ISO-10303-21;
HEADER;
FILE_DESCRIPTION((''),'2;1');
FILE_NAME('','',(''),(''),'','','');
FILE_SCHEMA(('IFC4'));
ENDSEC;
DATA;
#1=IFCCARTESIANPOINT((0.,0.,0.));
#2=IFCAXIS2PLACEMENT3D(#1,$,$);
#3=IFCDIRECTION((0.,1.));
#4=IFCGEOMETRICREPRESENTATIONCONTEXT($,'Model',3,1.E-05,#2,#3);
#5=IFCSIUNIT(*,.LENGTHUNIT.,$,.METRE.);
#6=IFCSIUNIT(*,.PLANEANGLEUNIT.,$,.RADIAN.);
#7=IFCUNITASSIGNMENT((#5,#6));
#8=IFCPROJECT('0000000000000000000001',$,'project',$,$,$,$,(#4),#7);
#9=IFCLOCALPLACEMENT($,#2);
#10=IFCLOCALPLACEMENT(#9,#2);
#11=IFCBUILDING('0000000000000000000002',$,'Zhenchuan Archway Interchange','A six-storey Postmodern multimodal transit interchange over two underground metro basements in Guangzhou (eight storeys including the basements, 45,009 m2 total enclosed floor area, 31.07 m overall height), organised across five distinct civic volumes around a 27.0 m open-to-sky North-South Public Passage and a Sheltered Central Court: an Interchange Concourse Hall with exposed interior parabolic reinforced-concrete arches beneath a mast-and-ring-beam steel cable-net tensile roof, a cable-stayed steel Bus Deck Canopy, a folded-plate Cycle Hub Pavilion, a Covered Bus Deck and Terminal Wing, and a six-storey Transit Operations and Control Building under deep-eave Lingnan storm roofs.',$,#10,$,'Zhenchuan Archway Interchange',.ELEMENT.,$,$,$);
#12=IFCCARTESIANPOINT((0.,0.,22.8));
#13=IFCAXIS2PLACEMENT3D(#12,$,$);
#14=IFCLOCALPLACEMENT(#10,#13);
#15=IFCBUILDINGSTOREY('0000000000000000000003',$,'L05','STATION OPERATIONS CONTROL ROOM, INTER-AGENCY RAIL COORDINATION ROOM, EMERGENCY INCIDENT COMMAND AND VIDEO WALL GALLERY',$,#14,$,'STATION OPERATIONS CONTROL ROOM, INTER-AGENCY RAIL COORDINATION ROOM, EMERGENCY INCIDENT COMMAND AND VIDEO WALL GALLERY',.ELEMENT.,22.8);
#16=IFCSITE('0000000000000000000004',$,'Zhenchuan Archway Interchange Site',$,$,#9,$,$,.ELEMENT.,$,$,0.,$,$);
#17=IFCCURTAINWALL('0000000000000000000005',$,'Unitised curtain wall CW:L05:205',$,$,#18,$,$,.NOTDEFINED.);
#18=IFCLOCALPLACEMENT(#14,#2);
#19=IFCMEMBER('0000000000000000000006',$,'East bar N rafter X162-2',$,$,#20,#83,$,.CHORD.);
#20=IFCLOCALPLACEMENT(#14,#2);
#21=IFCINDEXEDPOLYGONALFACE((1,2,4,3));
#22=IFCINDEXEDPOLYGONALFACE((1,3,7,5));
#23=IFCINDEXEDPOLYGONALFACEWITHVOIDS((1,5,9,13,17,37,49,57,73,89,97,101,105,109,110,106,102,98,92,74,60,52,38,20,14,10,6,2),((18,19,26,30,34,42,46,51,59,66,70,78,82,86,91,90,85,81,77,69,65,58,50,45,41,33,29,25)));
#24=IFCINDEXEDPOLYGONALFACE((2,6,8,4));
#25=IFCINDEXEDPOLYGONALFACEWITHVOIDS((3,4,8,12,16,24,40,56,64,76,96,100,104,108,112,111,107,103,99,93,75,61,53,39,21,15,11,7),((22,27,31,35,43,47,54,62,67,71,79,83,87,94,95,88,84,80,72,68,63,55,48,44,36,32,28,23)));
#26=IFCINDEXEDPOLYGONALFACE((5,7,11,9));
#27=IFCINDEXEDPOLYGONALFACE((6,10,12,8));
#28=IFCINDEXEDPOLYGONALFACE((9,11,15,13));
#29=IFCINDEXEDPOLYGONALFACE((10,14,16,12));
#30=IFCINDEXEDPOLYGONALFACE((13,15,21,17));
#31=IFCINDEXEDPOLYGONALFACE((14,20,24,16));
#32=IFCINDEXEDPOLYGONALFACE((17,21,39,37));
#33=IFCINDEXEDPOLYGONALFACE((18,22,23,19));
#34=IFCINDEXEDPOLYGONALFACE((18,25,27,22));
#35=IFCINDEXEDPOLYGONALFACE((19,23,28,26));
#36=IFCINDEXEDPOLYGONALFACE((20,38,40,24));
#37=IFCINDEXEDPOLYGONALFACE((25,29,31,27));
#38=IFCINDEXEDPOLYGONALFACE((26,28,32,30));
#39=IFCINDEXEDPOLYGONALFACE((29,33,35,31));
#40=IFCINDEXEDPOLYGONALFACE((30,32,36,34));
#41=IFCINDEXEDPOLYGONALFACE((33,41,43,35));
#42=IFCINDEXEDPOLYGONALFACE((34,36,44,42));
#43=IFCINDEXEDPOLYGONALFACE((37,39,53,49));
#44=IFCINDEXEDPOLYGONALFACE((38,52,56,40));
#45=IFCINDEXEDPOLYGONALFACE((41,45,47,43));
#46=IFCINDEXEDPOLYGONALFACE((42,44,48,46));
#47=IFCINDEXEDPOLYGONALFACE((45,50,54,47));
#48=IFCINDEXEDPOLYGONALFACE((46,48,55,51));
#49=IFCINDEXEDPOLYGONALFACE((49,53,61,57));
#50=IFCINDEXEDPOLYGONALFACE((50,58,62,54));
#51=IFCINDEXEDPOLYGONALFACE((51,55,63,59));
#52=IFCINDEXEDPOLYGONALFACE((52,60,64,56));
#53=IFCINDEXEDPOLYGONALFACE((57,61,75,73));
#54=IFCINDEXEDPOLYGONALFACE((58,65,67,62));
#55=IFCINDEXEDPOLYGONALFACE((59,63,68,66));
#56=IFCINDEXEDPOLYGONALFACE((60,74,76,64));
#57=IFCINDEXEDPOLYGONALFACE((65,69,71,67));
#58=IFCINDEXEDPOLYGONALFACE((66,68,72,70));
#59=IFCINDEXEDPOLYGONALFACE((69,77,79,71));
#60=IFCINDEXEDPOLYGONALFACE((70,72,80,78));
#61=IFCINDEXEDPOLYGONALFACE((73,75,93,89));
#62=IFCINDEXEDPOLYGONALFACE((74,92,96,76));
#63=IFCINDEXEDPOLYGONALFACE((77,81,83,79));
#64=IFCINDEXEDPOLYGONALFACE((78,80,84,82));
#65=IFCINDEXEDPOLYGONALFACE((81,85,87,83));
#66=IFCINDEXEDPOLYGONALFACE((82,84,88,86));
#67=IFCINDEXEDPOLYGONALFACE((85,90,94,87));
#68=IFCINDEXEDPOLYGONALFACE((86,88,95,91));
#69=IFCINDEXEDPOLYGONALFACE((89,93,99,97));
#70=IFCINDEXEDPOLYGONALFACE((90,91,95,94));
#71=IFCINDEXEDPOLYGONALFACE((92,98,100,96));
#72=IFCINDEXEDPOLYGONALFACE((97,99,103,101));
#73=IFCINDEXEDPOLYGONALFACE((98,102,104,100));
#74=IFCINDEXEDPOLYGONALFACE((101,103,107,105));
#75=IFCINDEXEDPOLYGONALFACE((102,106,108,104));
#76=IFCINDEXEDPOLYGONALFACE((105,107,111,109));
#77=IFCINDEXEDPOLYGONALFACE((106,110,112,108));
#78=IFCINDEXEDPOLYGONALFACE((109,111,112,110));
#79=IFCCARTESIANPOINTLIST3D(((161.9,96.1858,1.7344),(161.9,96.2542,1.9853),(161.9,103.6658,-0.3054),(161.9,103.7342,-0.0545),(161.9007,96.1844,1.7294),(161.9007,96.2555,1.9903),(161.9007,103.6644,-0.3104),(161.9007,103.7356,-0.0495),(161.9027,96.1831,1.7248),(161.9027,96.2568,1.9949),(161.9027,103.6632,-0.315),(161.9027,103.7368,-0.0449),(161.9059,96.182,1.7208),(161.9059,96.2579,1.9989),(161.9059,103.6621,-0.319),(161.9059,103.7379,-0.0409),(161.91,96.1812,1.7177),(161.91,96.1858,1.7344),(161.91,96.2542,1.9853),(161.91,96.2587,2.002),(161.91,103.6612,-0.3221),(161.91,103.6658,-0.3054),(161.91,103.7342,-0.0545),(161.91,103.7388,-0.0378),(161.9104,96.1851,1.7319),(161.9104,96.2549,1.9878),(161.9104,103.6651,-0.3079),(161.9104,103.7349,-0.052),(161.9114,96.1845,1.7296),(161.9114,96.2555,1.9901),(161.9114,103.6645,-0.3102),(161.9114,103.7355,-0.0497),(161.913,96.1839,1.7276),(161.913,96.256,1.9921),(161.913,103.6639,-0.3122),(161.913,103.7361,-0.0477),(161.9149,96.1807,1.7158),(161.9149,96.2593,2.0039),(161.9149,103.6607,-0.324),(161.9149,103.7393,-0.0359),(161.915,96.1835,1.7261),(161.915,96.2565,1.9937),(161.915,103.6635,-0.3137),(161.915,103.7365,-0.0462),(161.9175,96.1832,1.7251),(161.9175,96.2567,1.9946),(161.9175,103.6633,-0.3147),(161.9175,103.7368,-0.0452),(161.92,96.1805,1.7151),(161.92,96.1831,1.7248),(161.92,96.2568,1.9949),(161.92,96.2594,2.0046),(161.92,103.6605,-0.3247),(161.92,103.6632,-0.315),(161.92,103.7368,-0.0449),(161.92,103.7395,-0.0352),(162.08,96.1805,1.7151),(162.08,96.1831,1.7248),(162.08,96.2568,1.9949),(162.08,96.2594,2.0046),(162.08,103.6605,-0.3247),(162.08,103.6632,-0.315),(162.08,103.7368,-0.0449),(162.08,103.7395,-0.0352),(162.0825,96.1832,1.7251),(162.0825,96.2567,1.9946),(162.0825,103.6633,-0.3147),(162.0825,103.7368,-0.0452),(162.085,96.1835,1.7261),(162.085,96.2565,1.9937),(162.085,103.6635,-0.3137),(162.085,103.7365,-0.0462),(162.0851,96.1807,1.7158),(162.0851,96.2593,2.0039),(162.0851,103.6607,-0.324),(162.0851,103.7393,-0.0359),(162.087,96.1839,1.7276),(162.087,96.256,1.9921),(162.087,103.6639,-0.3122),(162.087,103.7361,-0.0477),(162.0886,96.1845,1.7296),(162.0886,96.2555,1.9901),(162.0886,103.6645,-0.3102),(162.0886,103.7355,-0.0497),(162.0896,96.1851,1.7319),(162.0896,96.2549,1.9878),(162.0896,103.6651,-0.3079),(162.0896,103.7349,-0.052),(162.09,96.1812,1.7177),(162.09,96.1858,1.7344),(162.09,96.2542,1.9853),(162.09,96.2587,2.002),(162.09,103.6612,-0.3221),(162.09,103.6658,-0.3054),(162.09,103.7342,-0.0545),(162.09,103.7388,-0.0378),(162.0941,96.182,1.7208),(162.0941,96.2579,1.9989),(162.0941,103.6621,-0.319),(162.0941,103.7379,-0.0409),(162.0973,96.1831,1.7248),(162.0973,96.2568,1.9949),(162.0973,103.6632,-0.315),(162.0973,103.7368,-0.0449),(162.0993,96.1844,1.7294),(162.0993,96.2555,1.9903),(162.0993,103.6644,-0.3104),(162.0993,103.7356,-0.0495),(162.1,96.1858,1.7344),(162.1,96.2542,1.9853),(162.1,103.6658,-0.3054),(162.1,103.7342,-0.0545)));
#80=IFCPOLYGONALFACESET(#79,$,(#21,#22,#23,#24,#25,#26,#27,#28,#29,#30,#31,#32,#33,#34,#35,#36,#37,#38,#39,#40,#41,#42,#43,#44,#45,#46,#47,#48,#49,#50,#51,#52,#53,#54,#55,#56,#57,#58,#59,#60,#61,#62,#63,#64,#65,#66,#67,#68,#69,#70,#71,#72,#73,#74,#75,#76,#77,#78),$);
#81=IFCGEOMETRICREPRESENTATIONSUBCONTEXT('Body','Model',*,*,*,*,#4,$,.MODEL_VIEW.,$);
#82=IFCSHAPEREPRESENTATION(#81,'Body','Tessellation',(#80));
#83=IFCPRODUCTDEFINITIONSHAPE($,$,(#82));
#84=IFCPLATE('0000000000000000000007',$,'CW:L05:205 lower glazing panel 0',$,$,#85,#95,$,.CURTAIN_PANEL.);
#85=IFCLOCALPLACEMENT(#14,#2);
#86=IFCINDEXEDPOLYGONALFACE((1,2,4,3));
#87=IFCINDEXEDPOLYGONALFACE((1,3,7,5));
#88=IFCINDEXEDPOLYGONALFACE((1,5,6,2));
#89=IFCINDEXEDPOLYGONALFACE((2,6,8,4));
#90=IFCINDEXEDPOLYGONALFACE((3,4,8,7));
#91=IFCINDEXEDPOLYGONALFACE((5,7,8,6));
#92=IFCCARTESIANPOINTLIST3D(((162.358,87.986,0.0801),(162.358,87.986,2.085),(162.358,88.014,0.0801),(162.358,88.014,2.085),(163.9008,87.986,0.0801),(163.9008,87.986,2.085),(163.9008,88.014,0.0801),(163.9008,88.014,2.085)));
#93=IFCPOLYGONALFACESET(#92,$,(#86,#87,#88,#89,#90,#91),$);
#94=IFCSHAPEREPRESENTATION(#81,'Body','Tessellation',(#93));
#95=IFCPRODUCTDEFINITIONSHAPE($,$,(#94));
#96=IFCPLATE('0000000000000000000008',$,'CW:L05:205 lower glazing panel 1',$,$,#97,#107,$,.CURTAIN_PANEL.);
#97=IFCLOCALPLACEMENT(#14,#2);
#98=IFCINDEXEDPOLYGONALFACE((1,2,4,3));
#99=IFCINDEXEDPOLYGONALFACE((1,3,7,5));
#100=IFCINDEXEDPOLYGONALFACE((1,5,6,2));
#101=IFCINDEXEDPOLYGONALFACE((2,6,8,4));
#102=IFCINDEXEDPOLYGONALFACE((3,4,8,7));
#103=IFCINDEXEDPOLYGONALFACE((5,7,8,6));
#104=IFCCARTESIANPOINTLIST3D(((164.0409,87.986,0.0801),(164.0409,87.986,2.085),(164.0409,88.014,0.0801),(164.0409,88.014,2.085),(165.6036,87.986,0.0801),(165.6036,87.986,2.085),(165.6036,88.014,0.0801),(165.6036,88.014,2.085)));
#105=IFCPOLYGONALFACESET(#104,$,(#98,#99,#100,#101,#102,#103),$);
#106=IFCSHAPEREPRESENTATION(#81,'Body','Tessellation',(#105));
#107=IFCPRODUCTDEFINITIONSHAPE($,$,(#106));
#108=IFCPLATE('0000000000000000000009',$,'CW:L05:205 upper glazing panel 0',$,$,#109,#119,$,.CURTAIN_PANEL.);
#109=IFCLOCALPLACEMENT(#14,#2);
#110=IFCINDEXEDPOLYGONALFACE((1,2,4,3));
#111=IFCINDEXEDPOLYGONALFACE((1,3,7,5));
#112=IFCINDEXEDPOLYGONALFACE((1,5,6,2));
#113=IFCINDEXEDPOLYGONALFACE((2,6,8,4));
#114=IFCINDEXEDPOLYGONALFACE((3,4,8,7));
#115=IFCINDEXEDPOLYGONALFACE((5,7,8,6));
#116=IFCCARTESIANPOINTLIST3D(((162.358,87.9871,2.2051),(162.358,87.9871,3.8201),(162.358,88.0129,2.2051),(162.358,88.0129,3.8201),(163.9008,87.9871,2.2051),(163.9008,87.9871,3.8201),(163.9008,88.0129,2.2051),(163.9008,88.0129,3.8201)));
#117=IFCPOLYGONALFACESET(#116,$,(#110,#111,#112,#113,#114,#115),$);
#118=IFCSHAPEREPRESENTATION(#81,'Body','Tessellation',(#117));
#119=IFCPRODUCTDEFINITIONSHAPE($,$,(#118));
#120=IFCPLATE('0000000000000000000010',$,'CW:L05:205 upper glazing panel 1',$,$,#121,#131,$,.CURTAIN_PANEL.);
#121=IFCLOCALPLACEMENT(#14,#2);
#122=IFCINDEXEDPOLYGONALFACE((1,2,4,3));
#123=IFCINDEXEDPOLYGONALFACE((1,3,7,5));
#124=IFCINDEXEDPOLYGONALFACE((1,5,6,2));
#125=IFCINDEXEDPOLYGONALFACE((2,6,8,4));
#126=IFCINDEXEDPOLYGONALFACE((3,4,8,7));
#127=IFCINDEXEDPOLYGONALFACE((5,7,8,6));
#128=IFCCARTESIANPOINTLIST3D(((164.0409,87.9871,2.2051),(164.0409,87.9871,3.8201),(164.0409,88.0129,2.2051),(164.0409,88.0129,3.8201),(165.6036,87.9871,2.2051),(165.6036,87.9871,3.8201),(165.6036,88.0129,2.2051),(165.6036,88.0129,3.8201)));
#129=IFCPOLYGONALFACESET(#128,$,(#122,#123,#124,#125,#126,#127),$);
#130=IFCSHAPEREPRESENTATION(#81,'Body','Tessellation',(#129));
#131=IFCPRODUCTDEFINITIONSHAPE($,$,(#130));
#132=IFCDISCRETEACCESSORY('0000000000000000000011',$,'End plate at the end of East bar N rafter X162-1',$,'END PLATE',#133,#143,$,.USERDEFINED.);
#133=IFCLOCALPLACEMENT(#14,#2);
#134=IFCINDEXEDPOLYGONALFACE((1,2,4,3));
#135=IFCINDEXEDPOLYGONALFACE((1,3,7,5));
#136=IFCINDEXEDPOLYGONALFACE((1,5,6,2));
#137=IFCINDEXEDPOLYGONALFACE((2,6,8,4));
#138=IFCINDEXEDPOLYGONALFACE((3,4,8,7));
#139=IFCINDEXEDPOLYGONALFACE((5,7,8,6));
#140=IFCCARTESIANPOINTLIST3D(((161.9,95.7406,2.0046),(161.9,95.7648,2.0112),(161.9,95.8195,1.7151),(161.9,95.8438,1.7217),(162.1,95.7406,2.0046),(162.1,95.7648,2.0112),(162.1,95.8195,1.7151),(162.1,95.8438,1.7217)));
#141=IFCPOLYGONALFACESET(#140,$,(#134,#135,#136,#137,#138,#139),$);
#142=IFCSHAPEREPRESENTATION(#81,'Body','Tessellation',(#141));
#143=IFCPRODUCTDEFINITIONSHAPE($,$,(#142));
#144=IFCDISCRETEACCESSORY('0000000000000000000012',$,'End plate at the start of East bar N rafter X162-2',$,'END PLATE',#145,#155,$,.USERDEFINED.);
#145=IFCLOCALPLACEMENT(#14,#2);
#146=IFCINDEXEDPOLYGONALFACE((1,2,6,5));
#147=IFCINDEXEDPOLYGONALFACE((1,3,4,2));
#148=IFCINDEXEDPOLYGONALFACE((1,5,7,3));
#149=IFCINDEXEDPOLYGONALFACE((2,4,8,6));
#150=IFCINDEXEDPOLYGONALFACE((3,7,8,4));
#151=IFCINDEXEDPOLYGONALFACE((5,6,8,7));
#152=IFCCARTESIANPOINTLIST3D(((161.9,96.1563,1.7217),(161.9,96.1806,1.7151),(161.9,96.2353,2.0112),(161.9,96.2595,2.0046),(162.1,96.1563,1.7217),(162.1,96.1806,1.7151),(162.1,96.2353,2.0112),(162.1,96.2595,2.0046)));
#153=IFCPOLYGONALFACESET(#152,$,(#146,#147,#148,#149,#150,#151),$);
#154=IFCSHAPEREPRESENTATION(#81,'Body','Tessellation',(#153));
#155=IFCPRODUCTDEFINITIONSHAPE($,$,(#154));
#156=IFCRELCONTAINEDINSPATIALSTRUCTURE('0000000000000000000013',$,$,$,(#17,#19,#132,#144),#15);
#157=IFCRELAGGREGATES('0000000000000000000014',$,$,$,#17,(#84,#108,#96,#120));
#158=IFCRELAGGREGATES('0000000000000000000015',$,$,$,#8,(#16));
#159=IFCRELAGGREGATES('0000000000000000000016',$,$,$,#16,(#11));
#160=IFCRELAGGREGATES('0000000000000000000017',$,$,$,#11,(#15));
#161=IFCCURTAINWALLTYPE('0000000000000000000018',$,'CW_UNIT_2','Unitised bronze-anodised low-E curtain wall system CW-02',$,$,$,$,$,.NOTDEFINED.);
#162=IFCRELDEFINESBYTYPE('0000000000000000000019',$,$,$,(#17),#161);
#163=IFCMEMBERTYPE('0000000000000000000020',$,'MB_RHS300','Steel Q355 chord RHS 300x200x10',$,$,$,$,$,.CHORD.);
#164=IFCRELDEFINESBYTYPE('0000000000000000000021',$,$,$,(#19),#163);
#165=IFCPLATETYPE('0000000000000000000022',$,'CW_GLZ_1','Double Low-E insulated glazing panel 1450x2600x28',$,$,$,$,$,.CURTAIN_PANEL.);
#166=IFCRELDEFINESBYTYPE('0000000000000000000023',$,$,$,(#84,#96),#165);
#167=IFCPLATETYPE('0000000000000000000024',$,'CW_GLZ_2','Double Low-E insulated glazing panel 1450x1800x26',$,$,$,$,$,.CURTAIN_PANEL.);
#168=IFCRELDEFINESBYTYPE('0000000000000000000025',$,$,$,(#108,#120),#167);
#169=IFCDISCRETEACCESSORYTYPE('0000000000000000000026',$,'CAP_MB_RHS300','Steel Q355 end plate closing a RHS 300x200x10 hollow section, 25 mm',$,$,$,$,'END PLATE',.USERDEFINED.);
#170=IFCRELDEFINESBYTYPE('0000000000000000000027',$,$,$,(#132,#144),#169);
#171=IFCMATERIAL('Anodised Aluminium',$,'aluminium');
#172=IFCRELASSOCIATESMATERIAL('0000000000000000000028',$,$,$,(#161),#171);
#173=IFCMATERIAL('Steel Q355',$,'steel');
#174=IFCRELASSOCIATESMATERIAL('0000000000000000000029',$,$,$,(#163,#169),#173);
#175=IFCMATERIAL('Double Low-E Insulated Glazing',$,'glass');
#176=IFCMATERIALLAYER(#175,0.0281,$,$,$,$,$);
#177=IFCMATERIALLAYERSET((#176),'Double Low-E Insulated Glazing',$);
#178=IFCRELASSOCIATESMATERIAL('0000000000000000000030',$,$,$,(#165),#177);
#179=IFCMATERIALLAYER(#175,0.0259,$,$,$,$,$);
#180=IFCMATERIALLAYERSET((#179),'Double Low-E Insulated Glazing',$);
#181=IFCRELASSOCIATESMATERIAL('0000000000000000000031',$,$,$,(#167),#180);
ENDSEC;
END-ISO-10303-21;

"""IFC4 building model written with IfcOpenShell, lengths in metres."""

from ifc_helpers import new_model, si_unit, direction, frame, origin, origin_2d, place, context, subcontext, project, spatial, rectangle, hollow_rectangle, extrude, material, layer, layer_set, material_profile, profile_set, type_object, element, aggregate, save


model = new_model("IFC4")

# Units and contexts
model_context = context("Model", 3, precision=1e-05, world=origin(), true_north=direction((0.0, 1.0)))
body_context = subcontext(model_context, "Body", "Model", "MODEL_VIEW")
ifc_project = project(units=[si_unit("LENGTHUNIT", "METRE"), si_unit("PLANEANGLEUNIT", "RADIAN")], contexts=[model_context])

# Site, building, storey
site_placement = place(None, origin())
site = spatial("IfcSite", under=ifc_project, at=site_placement, Name="Zhenchuan Archway Interchange Site", CompositionType="ELEMENT", RefElevation=0.0)
building_placement = place(site_placement, origin())
building = spatial("IfcBuilding", under=site, at=building_placement, Name="Zhenchuan Archway Interchange", Description="A six-storey Postmodern multimodal transit interchange over two underground metro basements in Guangzhou (eight storeys including the basements, 45,009 m2 total enclosed floor area, 31.07 m overall height), organised across five distinct civic volumes around a 27.0 m open-to-sky North-South Public Passage and a Sheltered Central Court: an Interchange Concourse Hall with exposed interior parabolic reinforced-concrete arches beneath a mast-and-ring-beam steel cable-net tensile roof, a cable-stayed steel Bus Deck Canopy, a folded-plate Cycle Hub Pavilion, a Covered Bus Deck and Terminal Wing, and a six-storey Transit Operations and Control Building under deep-eave Lingnan storm roofs.", LongName="Zhenchuan Archway Interchange", CompositionType="ELEMENT")
storey_placement = place(building_placement, frame((0.0, 0.0, 22.8)))
storey = spatial("IfcBuildingStorey", under=building, at=storey_placement, Name="L05", Description="STATION OPERATIONS CONTROL ROOM, INTER-AGENCY RAIL COORDINATION ROOM, EMERGENCY INCIDENT COMMAND AND VIDEO WALL GALLERY", LongName="STATION OPERATIONS CONTROL ROOM, INTER-AGENCY RAIL COORDINATION ROOM, EMERGENCY INCIDENT COMMAND AND VIDEO WALL GALLERY", CompositionType="ELEMENT", Elevation=22.8)

# Shared definitions
ifc_material_1 = material(Name="Steel Q355", Category="steel")

# Curtain wall
ifc_material_2 = material(Name="Anodised Aluminium", Category="aluminium")
curtain_wall_type = type_object("IfcCurtainWallType", Name="CW_UNIT_2", Description="Unitised bronze-anodised low-E curtain wall system CW-02", PredefinedType="NOTDEFINED", material=ifc_material_2)
curtain_wall_placement = place(storey_placement, origin())
curtain_wall = element("IfcCurtainWall", 1, at=curtain_wall_placement, inside=storey, type_object=curtain_wall_type, Name="Unitised curtain wall CW:L05:205", PredefinedType="NOTDEFINED")

# Member
ifc_material_profile_1 = material_profile(ifc_material_1, hollow_rectangle(XDim=0.2, YDim=0.3, WallThickness=0.01, InnerFilletRadius=0.01, OuterFilletRadius=0.02, at=origin_2d()), Name="RHS 300x200x10")
ifc_profile_set_1 = profile_set([ifc_material_profile_1], Name="Steel Q355")
member_type_1 = type_object("IfcMemberType", Name="MB_RHS300", Description="Steel Q355 chord RHS 300x200x10", PredefinedType="CHORD", material=ifc_profile_set_1)
for number, where, z_axis, x_axis, name in (
    (2, (162.0, 96.22, 1.8599), (0.0, 0.96477, -0.263093), (-1.0, 0.0, 0.0), "East bar N rafter X162-2"),
):
    element("IfcMember", number, at=place(storey_placement, frame(where, z_axis=z_axis, x_axis=x_axis)), inside=storey, type_object=member_type_1, Name=name, PredefinedType="CHORD", context=body_context, shape_type="SweptSolid", body=[
        extrude(hollow_rectangle(XDim=0.2, YDim=0.3, WallThickness=0.01, InnerFilletRadius=0.01, OuterFilletRadius=0.02, at=origin_2d()), origin(), (0.0, 0.0, 1.0), 7.7532),
    ])

# Plates
ifc_material_3 = material(Name="Double Low-E Insulated Glazing", Category="glass")
ifc_layer_1 = layer(ifc_material_3, 0.0281)
ifc_layer_set_1 = layer_set([ifc_layer_1], Name="Double Low-E Insulated Glazing")
plate_type_1 = type_object("IfcPlateType", Name="CW_GLZ_1", Description="Double Low-E insulated glazing panel 1450x2600x28", PredefinedType="CURTAIN_PANEL", material=ifc_layer_set_1)
plate_1_placement = place(storey_placement, frame((163.1294, 88.0, 0.0801), z_axis=(0.0, 0.0, 1.0), x_axis=(1.0, 0.0, 0.0)))
plate_1 = element("IfcPlate", 3, at=plate_1_placement, type_object=plate_type_1, Name="CW:L05:205 lower glazing panel 0", PredefinedType="CURTAIN_PANEL", context=body_context, shape_type="SweptSolid", body=[
    extrude(rectangle(XDim=1.5427, YDim=0.0281, at=origin_2d()), origin(), (0.0, 0.0, 1.0), 2.0049),
])
plate_2_placement = place(storey_placement, frame((164.8223, 88.0, 0.0801), z_axis=(0.0, 0.0, 1.0), x_axis=(1.0, 0.0, 0.0)))
plate_2 = element("IfcPlate", 4, at=plate_2_placement, type_object=plate_type_1, Name="CW:L05:205 lower glazing panel 1", PredefinedType="CURTAIN_PANEL", context=body_context, shape_type="SweptSolid", body=[
    extrude(rectangle(XDim=1.5627, YDim=0.0281, at=origin_2d()), origin(), (0.0, 0.0, 1.0), 2.0049),
])
ifc_layer_2 = layer(ifc_material_3, 0.0259)
ifc_layer_set_2 = layer_set([ifc_layer_2], Name="Double Low-E Insulated Glazing")
plate_type_2 = type_object("IfcPlateType", Name="CW_GLZ_2", Description="Double Low-E insulated glazing panel 1450x1800x26", PredefinedType="CURTAIN_PANEL", material=ifc_layer_set_2)
plate_3_placement = place(storey_placement, frame((163.1294, 88.0, 2.2051), z_axis=(0.0, 0.0, 1.0), x_axis=(1.0, 0.0, 0.0)))
plate_3 = element("IfcPlate", 5, at=plate_3_placement, type_object=plate_type_2, Name="CW:L05:205 upper glazing panel 0", PredefinedType="CURTAIN_PANEL", context=body_context, shape_type="SweptSolid", body=[
    extrude(rectangle(XDim=1.5427, YDim=0.0259, at=origin_2d()), origin(), (0.0, 0.0, 1.0), 1.615),
])
plate_4_placement = place(storey_placement, frame((164.8223, 88.0, 2.2051), z_axis=(0.0, 0.0, 1.0), x_axis=(1.0, 0.0, 0.0)))
plate_4 = element("IfcPlate", 6, at=plate_4_placement, type_object=plate_type_2, Name="CW:L05:205 upper glazing panel 1", PredefinedType="CURTAIN_PANEL", context=body_context, shape_type="SweptSolid", body=[
    extrude(rectangle(XDim=1.5627, YDim=0.0259, at=origin_2d()), origin(), (0.0, 0.0, 1.0), 1.615),
])
aggregate(curtain_wall, [plate_1, plate_3, plate_2, plate_4])

# Discrete accessories
discrete_accessory_type = type_object("IfcDiscreteAccessoryType", Name="CAP_MB_RHS300", Description="Steel Q355 end plate closing a RHS 300x200x10 hollow section, 25 mm", ElementType="END PLATE", PredefinedType="USERDEFINED", material=ifc_material_1)
for number, where, z_axis, x_axis, name in (
    (7, (162.0, 95.78, 1.8599), (0.0, 0.964764, 0.263117), (-1.0, 0.0, 0.0), "End plate at the end of East bar N rafter X162-1"),
    (8, (162.0, 96.1958, 1.8665), (0.0, 0.964764, -0.263117), (-1.0, 0.0, 0.0), "End plate at the start of East bar N rafter X162-2"),
):
    element("IfcDiscreteAccessory", number, at=place(storey_placement, frame(where, z_axis=z_axis, x_axis=x_axis)), inside=storey, type_object=discrete_accessory_type, Name=name, ObjectType="END PLATE", PredefinedType="USERDEFINED", context=body_context, shape_type="SweptSolid", body=[
        extrude(rectangle(XDim=0.2, YDim=0.3, at=origin_2d()), origin(), (0.0, 0.0, 1.0), 0.0251),
    ])

save(model, "model.ifc")
